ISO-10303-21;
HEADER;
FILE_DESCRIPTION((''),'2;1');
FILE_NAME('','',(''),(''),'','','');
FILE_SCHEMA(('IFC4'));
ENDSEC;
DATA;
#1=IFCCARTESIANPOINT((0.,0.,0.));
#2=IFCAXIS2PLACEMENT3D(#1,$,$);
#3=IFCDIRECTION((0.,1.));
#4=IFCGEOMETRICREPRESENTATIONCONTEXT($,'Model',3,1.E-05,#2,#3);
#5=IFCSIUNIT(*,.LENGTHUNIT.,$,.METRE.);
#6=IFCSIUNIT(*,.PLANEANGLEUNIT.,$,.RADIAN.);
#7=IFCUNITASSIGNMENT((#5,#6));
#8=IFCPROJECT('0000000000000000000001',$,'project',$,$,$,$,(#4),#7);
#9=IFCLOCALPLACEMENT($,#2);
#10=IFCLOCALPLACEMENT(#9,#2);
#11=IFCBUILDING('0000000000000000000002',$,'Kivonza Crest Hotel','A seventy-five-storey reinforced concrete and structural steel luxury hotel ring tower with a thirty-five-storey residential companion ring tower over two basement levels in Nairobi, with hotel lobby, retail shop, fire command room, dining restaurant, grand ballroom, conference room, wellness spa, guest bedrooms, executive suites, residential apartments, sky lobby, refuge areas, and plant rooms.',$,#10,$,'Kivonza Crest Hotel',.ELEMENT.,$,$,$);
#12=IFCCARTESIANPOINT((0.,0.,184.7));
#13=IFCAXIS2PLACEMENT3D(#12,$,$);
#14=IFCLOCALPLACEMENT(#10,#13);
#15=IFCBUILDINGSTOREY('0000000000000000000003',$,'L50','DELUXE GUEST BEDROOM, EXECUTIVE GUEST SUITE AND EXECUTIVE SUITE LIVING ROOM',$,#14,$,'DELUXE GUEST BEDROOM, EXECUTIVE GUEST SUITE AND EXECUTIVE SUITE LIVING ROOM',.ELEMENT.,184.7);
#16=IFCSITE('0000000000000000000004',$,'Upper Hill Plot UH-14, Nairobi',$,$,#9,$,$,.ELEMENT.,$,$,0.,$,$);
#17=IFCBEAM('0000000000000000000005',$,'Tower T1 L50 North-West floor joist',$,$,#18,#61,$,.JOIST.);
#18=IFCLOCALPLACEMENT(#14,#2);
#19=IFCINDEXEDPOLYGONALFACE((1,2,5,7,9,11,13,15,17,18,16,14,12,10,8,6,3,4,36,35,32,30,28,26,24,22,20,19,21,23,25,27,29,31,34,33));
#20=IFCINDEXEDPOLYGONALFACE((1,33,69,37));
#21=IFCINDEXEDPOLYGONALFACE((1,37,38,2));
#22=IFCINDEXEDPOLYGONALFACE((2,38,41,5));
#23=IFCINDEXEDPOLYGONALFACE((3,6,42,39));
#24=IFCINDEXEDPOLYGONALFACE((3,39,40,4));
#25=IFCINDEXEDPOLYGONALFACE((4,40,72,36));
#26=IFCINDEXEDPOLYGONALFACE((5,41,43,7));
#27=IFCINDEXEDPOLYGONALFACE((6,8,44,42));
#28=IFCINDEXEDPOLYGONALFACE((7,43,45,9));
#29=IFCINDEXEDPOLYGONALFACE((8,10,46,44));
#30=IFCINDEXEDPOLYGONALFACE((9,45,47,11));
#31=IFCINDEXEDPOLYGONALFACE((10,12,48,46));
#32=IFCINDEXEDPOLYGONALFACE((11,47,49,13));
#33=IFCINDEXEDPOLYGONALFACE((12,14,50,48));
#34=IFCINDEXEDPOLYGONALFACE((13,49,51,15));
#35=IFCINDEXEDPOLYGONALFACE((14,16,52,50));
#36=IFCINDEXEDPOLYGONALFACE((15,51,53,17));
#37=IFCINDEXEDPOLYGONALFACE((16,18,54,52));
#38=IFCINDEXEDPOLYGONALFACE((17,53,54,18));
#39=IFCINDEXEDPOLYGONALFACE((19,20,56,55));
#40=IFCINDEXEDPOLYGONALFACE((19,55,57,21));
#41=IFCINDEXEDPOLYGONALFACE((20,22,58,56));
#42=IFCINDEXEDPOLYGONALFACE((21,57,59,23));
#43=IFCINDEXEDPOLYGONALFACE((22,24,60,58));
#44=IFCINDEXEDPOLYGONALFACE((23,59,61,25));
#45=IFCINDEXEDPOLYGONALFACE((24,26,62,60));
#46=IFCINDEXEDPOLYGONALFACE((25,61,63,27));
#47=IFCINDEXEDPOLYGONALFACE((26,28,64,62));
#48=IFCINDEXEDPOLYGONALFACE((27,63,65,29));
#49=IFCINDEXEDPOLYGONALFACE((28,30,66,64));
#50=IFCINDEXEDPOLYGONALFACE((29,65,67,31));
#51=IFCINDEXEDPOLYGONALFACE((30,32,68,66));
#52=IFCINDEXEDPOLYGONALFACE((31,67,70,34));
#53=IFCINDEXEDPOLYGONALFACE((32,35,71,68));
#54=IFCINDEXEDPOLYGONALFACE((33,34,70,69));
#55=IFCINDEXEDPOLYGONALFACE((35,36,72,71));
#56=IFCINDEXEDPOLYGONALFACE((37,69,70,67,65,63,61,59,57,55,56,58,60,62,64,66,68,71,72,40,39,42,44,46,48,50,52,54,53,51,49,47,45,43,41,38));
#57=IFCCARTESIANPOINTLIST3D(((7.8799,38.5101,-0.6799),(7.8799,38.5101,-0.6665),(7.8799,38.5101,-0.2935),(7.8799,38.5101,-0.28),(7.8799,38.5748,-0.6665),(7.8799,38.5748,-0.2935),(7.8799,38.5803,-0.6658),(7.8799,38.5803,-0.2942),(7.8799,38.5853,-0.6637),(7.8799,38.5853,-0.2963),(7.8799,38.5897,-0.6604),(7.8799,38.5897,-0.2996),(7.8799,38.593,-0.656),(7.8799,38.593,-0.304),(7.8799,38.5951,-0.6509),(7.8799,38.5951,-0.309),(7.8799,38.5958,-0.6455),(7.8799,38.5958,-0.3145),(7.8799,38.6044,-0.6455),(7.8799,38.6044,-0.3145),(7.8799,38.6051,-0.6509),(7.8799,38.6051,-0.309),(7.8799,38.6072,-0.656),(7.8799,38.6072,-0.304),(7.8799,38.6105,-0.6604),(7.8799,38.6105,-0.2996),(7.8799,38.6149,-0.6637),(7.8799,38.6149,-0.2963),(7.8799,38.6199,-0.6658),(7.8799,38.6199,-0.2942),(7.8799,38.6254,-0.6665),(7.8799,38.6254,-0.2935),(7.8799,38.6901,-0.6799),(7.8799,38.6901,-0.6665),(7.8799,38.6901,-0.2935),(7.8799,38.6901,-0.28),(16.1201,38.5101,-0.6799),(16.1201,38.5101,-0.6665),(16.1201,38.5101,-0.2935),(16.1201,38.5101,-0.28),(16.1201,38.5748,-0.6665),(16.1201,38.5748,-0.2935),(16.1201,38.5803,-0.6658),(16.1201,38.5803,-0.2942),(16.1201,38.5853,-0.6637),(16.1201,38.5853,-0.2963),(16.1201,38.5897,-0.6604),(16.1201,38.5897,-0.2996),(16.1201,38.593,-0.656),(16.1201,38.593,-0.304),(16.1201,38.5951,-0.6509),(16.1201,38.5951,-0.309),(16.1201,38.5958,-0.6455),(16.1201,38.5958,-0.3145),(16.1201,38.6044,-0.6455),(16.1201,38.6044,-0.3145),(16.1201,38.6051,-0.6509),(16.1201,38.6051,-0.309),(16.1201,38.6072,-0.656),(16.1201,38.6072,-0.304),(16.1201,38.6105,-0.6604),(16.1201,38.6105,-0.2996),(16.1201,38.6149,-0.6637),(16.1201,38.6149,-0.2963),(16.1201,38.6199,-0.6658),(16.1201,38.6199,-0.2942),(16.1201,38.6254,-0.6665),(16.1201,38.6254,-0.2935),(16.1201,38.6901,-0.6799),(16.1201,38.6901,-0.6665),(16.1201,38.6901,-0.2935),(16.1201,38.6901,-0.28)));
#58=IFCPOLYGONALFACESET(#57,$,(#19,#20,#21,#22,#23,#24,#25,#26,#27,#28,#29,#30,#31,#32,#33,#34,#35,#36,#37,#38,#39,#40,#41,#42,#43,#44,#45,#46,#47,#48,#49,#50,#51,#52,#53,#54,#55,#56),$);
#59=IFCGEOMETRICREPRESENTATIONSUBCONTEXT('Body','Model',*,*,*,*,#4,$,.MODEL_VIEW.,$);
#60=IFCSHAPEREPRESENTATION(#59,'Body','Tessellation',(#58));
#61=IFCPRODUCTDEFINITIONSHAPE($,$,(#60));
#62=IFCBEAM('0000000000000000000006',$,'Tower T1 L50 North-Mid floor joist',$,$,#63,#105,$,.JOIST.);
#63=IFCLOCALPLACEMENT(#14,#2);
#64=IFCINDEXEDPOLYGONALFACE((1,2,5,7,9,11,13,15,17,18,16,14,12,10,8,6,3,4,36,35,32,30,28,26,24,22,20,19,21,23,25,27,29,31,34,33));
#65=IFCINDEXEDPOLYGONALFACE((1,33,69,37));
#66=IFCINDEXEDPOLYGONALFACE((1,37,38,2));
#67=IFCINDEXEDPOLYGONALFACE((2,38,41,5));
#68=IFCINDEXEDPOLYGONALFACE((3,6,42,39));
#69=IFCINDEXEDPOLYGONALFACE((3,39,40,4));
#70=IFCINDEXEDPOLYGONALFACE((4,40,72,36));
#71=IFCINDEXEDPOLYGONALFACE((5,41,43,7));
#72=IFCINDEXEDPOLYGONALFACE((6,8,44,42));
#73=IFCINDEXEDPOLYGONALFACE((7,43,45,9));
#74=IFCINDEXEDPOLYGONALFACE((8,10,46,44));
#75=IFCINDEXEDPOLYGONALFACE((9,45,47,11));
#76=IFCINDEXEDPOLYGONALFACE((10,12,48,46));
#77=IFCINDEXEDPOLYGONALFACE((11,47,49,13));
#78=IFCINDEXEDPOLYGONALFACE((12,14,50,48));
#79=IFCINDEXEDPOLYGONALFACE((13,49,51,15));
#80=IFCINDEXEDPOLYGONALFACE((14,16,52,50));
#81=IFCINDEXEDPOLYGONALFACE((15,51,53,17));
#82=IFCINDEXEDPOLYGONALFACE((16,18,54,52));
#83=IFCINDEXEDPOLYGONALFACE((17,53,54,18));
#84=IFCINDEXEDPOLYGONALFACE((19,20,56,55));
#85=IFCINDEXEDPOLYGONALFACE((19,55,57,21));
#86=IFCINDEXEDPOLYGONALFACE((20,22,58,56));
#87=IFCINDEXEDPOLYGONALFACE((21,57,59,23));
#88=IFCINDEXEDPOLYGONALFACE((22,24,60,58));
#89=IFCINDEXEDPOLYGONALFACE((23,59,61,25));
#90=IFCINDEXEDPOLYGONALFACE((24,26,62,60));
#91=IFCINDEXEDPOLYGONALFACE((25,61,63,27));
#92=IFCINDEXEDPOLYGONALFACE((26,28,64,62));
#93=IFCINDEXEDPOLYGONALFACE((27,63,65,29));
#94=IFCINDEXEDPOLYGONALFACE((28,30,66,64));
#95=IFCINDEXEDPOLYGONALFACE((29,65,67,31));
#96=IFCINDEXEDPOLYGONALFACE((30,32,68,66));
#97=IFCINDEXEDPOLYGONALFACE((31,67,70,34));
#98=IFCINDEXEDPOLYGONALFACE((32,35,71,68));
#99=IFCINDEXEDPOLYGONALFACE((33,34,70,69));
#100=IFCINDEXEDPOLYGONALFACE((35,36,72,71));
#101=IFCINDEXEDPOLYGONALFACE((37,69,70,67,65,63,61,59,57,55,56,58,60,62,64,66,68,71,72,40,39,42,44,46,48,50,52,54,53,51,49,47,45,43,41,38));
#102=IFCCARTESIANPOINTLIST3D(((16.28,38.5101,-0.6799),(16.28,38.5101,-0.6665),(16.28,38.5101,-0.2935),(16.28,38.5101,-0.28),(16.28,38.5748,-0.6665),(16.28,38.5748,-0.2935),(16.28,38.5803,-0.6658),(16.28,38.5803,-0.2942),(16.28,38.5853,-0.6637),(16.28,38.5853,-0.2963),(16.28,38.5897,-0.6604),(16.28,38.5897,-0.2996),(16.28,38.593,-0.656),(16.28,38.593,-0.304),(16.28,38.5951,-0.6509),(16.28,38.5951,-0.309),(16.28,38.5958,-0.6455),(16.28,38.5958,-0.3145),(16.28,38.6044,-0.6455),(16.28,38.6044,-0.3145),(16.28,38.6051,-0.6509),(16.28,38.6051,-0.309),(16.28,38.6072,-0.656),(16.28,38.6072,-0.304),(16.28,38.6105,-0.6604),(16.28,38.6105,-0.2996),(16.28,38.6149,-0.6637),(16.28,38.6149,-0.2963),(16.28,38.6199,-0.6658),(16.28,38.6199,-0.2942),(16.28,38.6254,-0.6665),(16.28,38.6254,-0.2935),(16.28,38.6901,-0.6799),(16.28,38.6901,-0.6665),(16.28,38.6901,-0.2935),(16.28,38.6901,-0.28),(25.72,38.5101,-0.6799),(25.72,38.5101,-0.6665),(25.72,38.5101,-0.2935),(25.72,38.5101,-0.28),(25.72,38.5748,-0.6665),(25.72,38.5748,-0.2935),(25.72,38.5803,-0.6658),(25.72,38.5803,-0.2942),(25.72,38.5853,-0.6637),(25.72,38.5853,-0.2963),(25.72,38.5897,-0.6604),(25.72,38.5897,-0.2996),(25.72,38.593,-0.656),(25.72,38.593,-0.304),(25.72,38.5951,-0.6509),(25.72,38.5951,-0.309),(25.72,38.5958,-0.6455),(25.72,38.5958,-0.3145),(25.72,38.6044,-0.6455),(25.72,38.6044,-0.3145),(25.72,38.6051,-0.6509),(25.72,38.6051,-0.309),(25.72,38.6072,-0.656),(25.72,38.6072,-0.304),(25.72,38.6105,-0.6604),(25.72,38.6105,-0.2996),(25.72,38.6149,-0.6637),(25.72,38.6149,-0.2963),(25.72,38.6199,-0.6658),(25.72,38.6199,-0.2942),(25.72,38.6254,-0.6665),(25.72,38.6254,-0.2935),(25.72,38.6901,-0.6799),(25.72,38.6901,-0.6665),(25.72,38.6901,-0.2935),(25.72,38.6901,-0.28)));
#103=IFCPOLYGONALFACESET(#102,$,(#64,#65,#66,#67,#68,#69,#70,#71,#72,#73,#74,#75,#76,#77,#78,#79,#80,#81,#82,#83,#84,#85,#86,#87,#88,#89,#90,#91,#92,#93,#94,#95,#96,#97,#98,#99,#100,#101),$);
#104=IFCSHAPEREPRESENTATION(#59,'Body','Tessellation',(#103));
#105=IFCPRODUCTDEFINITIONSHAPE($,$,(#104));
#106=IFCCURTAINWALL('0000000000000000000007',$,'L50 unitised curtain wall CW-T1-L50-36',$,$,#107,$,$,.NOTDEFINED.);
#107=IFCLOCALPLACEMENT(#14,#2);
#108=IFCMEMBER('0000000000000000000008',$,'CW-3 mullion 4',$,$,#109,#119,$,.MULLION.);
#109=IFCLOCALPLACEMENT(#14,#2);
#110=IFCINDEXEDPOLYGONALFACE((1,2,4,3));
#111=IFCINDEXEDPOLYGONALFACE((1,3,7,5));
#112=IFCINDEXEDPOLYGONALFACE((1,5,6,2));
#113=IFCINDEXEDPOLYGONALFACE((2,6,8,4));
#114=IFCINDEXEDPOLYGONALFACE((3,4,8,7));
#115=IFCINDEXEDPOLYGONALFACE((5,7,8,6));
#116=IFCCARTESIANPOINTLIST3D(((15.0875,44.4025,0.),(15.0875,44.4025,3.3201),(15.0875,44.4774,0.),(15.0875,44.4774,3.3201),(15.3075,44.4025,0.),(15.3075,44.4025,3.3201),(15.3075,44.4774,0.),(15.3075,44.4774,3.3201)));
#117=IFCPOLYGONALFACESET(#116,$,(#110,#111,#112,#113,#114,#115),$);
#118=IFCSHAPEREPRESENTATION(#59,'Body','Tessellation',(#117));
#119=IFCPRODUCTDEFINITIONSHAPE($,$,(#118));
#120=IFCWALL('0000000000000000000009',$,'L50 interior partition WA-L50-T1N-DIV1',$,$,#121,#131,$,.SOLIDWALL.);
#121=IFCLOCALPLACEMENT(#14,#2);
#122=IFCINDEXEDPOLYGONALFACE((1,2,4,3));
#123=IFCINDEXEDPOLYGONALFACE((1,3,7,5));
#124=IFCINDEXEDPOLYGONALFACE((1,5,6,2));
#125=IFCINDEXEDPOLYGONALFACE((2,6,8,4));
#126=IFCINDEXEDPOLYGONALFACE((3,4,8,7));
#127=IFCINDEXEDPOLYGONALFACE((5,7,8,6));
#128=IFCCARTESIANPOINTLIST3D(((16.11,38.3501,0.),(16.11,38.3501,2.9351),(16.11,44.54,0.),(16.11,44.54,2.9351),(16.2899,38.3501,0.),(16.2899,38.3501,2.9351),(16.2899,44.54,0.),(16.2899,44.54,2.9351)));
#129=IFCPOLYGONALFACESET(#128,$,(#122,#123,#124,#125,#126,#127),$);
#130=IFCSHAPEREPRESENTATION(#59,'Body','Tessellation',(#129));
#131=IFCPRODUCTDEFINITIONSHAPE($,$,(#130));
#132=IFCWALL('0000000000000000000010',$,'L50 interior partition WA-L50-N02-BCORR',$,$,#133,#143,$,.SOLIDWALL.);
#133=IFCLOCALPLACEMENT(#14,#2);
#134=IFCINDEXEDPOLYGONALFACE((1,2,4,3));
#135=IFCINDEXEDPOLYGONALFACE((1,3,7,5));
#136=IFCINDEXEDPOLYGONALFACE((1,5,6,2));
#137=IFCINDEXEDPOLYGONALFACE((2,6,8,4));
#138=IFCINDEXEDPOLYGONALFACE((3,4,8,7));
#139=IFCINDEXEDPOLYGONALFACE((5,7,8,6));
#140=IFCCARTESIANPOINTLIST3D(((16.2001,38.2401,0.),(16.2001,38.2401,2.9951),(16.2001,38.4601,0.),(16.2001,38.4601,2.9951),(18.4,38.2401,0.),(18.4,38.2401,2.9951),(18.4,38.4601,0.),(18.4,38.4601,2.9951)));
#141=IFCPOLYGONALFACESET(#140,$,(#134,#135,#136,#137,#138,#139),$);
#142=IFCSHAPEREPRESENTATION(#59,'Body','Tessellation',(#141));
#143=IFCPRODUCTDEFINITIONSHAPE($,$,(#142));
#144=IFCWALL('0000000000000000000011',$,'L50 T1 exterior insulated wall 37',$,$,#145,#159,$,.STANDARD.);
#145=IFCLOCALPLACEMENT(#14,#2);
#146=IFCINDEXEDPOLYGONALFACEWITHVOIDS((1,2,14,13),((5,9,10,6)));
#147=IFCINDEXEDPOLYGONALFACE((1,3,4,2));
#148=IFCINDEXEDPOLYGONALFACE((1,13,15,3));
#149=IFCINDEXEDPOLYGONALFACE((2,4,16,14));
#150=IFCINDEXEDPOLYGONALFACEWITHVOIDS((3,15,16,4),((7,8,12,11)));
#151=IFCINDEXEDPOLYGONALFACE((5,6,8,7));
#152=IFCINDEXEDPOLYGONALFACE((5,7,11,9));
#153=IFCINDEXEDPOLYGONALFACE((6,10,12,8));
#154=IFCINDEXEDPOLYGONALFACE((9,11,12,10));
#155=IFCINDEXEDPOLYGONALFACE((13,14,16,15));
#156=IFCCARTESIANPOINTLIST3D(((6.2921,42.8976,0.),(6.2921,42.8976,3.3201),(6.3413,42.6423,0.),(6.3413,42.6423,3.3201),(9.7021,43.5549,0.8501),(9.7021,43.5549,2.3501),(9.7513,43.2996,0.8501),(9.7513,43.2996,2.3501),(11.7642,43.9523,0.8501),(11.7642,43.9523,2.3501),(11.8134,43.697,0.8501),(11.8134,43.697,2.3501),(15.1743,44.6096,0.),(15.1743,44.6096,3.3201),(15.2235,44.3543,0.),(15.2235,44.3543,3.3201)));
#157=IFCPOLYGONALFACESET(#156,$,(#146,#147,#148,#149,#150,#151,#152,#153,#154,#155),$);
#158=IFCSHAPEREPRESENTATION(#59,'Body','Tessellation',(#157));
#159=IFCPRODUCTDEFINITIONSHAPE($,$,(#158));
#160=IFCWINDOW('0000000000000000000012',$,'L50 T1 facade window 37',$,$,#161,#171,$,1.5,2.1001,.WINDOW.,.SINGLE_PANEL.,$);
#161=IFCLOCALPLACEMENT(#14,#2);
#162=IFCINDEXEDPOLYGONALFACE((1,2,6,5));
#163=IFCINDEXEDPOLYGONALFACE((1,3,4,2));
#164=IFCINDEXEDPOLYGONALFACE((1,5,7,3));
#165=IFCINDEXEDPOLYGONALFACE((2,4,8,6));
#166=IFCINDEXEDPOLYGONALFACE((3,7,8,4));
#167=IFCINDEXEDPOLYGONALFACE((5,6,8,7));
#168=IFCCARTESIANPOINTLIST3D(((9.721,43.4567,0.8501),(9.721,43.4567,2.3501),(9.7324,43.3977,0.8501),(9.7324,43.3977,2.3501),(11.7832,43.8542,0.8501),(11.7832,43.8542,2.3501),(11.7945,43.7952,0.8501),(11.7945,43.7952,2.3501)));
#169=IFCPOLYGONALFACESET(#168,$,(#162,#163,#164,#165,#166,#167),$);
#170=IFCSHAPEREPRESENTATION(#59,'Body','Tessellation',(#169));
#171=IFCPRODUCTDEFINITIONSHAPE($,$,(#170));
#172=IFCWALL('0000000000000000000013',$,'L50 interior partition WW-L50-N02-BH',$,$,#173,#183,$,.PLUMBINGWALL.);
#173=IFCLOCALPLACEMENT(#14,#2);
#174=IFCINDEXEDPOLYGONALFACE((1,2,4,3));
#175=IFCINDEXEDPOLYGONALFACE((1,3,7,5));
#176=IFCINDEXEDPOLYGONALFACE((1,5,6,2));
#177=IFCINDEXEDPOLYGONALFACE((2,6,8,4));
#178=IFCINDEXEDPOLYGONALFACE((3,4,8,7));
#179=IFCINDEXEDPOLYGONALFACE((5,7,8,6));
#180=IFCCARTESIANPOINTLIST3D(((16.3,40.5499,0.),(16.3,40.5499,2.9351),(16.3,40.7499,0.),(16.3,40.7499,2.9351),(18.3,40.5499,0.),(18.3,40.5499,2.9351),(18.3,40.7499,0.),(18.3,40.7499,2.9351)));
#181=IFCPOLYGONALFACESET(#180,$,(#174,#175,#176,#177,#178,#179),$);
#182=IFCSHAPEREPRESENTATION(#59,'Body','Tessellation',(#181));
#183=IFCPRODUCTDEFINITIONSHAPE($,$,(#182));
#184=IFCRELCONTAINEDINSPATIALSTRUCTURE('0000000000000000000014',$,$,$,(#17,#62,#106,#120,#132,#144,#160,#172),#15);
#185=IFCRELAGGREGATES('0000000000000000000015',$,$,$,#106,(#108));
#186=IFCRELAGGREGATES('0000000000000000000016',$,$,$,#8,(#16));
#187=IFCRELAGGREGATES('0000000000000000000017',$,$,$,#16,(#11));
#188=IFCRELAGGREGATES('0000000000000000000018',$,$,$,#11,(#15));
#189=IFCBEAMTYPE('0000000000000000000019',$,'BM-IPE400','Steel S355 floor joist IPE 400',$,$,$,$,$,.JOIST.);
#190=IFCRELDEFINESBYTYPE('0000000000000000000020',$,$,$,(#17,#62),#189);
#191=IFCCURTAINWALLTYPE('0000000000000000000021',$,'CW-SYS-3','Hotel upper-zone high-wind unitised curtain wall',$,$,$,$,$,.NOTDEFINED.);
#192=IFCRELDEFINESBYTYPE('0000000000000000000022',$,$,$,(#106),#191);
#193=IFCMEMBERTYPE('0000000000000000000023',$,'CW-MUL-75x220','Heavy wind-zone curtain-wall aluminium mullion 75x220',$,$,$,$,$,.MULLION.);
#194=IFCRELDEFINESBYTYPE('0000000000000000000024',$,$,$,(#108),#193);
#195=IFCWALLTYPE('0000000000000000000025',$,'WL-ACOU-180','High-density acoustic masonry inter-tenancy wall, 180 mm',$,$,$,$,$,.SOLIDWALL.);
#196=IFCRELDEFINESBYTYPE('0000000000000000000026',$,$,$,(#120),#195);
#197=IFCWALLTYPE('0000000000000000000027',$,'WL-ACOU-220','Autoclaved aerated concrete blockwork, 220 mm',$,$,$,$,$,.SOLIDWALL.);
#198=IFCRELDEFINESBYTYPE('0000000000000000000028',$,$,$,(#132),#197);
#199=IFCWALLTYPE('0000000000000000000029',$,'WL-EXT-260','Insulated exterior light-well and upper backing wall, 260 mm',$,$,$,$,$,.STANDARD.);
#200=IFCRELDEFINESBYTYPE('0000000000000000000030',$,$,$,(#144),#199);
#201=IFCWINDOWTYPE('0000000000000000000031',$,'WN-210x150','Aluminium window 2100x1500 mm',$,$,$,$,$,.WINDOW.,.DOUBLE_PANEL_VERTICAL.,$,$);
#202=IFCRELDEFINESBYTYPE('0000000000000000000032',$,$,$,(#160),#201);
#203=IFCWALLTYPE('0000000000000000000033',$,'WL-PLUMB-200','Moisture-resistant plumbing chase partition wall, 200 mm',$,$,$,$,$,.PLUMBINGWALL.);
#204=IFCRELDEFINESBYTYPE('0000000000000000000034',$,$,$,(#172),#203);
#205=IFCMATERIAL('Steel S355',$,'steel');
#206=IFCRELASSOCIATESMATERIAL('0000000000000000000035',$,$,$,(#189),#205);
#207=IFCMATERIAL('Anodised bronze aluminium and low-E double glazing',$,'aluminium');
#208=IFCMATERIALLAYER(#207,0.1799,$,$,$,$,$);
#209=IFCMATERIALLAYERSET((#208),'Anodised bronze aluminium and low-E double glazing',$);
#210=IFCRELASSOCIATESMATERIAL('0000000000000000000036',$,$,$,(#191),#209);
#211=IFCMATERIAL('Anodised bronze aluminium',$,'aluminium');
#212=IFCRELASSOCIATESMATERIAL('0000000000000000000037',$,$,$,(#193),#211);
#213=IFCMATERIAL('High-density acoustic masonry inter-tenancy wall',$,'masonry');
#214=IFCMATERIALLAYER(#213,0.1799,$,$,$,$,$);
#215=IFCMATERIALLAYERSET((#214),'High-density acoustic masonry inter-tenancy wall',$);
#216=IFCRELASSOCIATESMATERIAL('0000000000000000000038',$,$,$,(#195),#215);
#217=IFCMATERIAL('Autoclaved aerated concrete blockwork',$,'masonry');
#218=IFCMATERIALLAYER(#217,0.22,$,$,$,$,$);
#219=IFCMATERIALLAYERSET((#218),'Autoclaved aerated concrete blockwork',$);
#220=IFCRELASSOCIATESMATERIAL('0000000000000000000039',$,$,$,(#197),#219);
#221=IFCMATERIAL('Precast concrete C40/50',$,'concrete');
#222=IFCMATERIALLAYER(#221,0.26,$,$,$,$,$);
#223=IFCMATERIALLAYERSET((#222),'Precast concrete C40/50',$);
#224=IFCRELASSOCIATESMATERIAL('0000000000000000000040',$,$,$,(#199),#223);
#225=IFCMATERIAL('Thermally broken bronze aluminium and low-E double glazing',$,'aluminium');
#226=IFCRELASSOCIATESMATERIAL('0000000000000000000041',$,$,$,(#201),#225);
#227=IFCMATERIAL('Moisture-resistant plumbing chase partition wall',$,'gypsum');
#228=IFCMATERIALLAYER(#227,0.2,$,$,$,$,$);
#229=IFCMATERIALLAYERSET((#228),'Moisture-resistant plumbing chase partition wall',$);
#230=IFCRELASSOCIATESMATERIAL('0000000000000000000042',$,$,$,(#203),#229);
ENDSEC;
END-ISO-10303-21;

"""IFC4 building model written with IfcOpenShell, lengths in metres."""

from ifc_helpers import new_model, si_unit, direction, frame, frame_2d, origin, origin_2d, place, context, subcontext, project, spatial, rectangle, i_section, extrude, material, layer, layer_set, material_profile, profile_set, type_object, element, fill, aggregate, save


model = new_model("IFC4")

# Units and contexts
model_context = context("Model", 3, precision=1e-05, world=origin(), true_north=direction((0.0, 1.0)))
body_context = subcontext(model_context, "Body", "Model", "MODEL_VIEW")
ifc_project = project(units=[si_unit("LENGTHUNIT", "METRE"), si_unit("PLANEANGLEUNIT", "RADIAN")], contexts=[model_context])

# Site, building, storey
site_placement = place(None, origin())
site = spatial("IfcSite", under=ifc_project, at=site_placement, Name="Upper Hill Plot UH-14, Nairobi", CompositionType="ELEMENT", RefElevation=0.0)
building_placement = place(site_placement, origin())
building = spatial("IfcBuilding", under=site, at=building_placement, Name="Kivonza Crest Hotel", Description="A seventy-five-storey reinforced concrete and structural steel luxury hotel ring tower with a thirty-five-storey residential companion ring tower over two basement levels in Nairobi, with hotel lobby, retail shop, fire command room, dining restaurant, grand ballroom, conference room, wellness spa, guest bedrooms, executive suites, residential apartments, sky lobby, refuge areas, and plant rooms.", LongName="Kivonza Crest Hotel", CompositionType="ELEMENT")
storey_placement = place(building_placement, frame((0.0, 0.0, 184.7)))
storey = spatial("IfcBuildingStorey", under=building, at=storey_placement, Name="L50", Description="DELUXE GUEST BEDROOM, EXECUTIVE GUEST SUITE AND EXECUTIVE SUITE LIVING ROOM", LongName="DELUXE GUEST BEDROOM, EXECUTIVE GUEST SUITE AND EXECUTIVE SUITE LIVING ROOM", CompositionType="ELEMENT", Elevation=184.7)

# Beams
ifc_material_1 = material(Name="Steel S355", Category="steel")
ifc_material_profile_1 = material_profile(ifc_material_1, i_section(OverallWidth=0.1799, OverallDepth=0.3999, WebThickness=0.0085, FlangeThickness=0.0134, FilletRadius=0.021, at=origin_2d()), Name="IPE 400")
ifc_profile_set_1 = profile_set([ifc_material_profile_1], Name="Steel S355")
beam_type_1 = type_object("IfcBeamType", Name="BM-IPE400", Description="Steel S355 floor joist IPE 400", PredefinedType="JOIST", material=ifc_profile_set_1)
beam_1_placement = place(storey_placement, frame((7.8799, 38.6001, -0.48), z_axis=(1.0, 0.0, 0.0), x_axis=(0.0, 1.0, 0.0)))
element("IfcBeam", 1, at=beam_1_placement, inside=storey, type_object=beam_type_1, Name="Tower T1 L50 North-West floor joist", PredefinedType="JOIST", context=body_context, shape_type="SweptSolid", body=[
    extrude(i_section(OverallWidth=0.1799, OverallDepth=0.3999, WebThickness=0.0085, FlangeThickness=0.0134, FilletRadius=0.021, at=origin_2d()), origin(), (0.0, 0.0, 1.0), 8.2402),
])
beam_2_placement = place(storey_placement, frame((16.28, 38.6001, -0.48), z_axis=(1.0, 0.0, 0.0), x_axis=(0.0, 1.0, 0.0)))
element("IfcBeam", 2, at=beam_2_placement, inside=storey, type_object=beam_type_1, Name="Tower T1 L50 North-Mid floor joist", PredefinedType="JOIST", context=body_context, shape_type="SweptSolid", body=[
    extrude(i_section(OverallWidth=0.1799, OverallDepth=0.3999, WebThickness=0.0085, FlangeThickness=0.0134, FilletRadius=0.021, at=origin_2d()), origin(), (0.0, 0.0, 1.0), 9.4399),
])

# Curtain wall, member
ifc_material_2 = material(Name="Anodised bronze aluminium and low-E double glazing", Category="aluminium")
ifc_layer_1 = layer(ifc_material_2, 0.1799)
ifc_layer_set_1 = layer_set([ifc_layer_1], Name="Anodised bronze aluminium and low-E double glazing")
curtain_wall_type = type_object("IfcCurtainWallType", Name="CW-SYS-3", Description="Hotel upper-zone high-wind unitised curtain wall", PredefinedType="NOTDEFINED", material=ifc_layer_set_1)
curtain_wall_placement = place(storey_placement, origin())
curtain_wall = element("IfcCurtainWall", 3, at=curtain_wall_placement, inside=storey, type_object=curtain_wall_type, Name="L50 unitised curtain wall CW-T1-L50-36", PredefinedType="NOTDEFINED")
ifc_material_3 = material(Name="Anodised bronze aluminium", Category="aluminium")
ifc_material_profile_2 = material_profile(ifc_material_3, rectangle(XDim=0.075, YDim=0.22, at=origin_2d()), Name="CW-M 75x220")
ifc_profile_set_2 = profile_set([ifc_material_profile_2], Name="Anodised bronze aluminium")
member_type = type_object("IfcMemberType", Name="CW-MUL-75x220", Description="Heavy wind-zone curtain-wall aluminium mullion 75x220", PredefinedType="MULLION", material=ifc_profile_set_2)
member_placement = place(storey_placement, frame((15.1975, 44.4399, 0.0), z_axis=(0.0, 0.0, 1.0), x_axis=(0.0, -1.0, 0.0)))
member = element("IfcMember", 4, at=member_placement, type_object=member_type, Name="CW-3 mullion 4", PredefinedType="MULLION", context=body_context, shape_type="SweptSolid", body=[
    extrude(rectangle(XDim=0.075, YDim=0.22, at=origin_2d()), origin(), (0.0, 0.0, 1.0), 3.3201),
])
aggregate(curtain_wall, [member])

# Walls
ifc_material_4 = material(Name="High-density acoustic masonry inter-tenancy wall", Category="masonry")
ifc_layer_2 = layer(ifc_material_4, 0.1799)
ifc_layer_set_2 = layer_set([ifc_layer_2], Name="High-density acoustic masonry inter-tenancy wall")
wall_type_1 = type_object("IfcWallType", Name="WL-ACOU-180", Description="High-density acoustic masonry inter-tenancy wall, 180 mm", PredefinedType="SOLIDWALL", material=ifc_layer_set_2)
wall_1_placement = place(storey_placement, frame((16.2, 38.3501, 0.0), z_axis=(0.0, 0.0, 1.0), x_axis=(0.0, 1.0, 0.0)))
element("IfcWall", 5, at=wall_1_placement, inside=storey, type_object=wall_type_1, Name="L50 interior partition WA-L50-T1N-DIV1", PredefinedType="SOLIDWALL", context=body_context, shape_type="SweptSolid", body=[
    extrude(rectangle(XDim=6.1899, YDim=0.1799, at=frame_2d((3.095, 0.0))), origin(), (0.0, 0.0, 1.0), 2.9351),
])
ifc_material_5 = material(Name="Autoclaved aerated concrete blockwork", Category="masonry")
ifc_layer_3 = layer(ifc_material_5, 0.22)
ifc_layer_set_3 = layer_set([ifc_layer_3], Name="Autoclaved aerated concrete blockwork")
wall_type_2 = type_object("IfcWallType", Name="WL-ACOU-220", Description="Autoclaved aerated concrete blockwork, 220 mm", PredefinedType="SOLIDWALL", material=ifc_layer_set_3)
wall_2_placement = place(storey_placement, frame((16.2, 38.3501, 0.0), z_axis=(0.0, 0.0, 1.0), x_axis=(1.0, 0.0, 0.0)))
element("IfcWall", 6, at=wall_2_placement, inside=storey, type_object=wall_type_2, Name="L50 interior partition WA-L50-N02-BCORR", PredefinedType="SOLIDWALL", context=body_context, shape_type="SweptSolid", body=[
    extrude(rectangle(XDim=2.2, YDim=0.22, at=frame_2d((1.1001, 0.0))), origin(), (0.0, 0.0, 1.0), 2.9951),
])

# Wall, opening, window
ifc_material_6 = material(Name="Precast concrete C40/50", Category="concrete")
ifc_layer_4 = layer(ifc_material_6, 0.26)
ifc_layer_set_4 = layer_set([ifc_layer_4], Name="Precast concrete C40/50")
wall_type_3 = type_object("IfcWallType", Name="WL-EXT-260", Description="Insulated exterior light-well and upper backing wall, 260 mm", PredefinedType="STANDARD", material=ifc_layer_set_4)
wall_3_placement = place(storey_placement, frame((15.199, 44.4819, 0.0), z_axis=(0.0, 0.0, 1.0), x_axis=(-0.981928, -0.189255, 0.0)))
wall_3 = element("IfcWall", 7, at=wall_3_placement, inside=storey, type_object=wall_type_3, Name="L50 T1 exterior insulated wall 37", PredefinedType="STANDARD", context=body_context, shape_type="SweptSolid", body=[
    extrude(rectangle(XDim=9.0457, YDim=0.26, at=frame_2d((4.5229, 0.0))), origin(), (0.0, 0.0, 1.0), 3.3201),
])
opening_placement = place(wall_3_placement, frame((3.4729, 0.0, 0.8501)))
opening = element("IfcOpeningElement", 8, at=opening_placement, cuts=wall_3, PredefinedType="OPENING", context=body_context, shape_type="SweptSolid", body=[
    extrude(rectangle(XDim=2.1001, YDim=1.5, at=frame_2d((1.05, 0.75))), frame((0.0, 0.1401, 0.0), z_axis=(0.0, -1.0, 0.0), x_axis=(1.0, 0.0, 0.0)), (0.0, 0.0, 1.0), 0.28),
])
ifc_material_7 = material(Name="Thermally broken bronze aluminium and low-E double glazing", Category="aluminium")
window_type = type_object("IfcWindowType", Name="WN-210x150", Description="Aluminium window 2100x1500 mm", PartitioningType="DOUBLE_PANEL_VERTICAL", PredefinedType="WINDOW", material=ifc_material_7)
window_placement = place(opening_placement, origin())
window = element("IfcWindow", 9, at=window_placement, inside=storey, type_object=window_type, Name="L50 T1 facade window 37", OverallHeight=1.5, OverallWidth=2.1001, PartitioningType="SINGLE_PANEL", PredefinedType="WINDOW", context=body_context, shape_type="SweptSolid", body=[
    extrude(rectangle(XDim=2.1001, YDim=1.5, at=frame_2d((1.05, 0.75))), frame((0.0, 0.03, 0.0), z_axis=(0.0, -1.0, 0.0), x_axis=(1.0, 0.0, 0.0)), (0.0, 0.0, 1.0), 0.0601),
])
fill(opening, window)

# Wall
ifc_material_8 = material(Name="Moisture-resistant plumbing chase partition wall", Category="gypsum")
ifc_layer_5 = layer(ifc_material_8, 0.2)
ifc_layer_set_5 = layer_set([ifc_layer_5], Name="Moisture-resistant plumbing chase partition wall")
wall_type_4 = type_object("IfcWallType", Name="WL-PLUMB-200", Description="Moisture-resistant plumbing chase partition wall, 200 mm", PredefinedType="PLUMBINGWALL", material=ifc_layer_set_5)
wall_4_placement = place(storey_placement, frame((16.3, 40.6499, 0.0), z_axis=(0.0, 0.0, 1.0), x_axis=(1.0, 0.0, 0.0)))
element("IfcWall", 10, at=wall_4_placement, inside=storey, type_object=wall_type_4, Name="L50 interior partition WW-L50-N02-BH", PredefinedType="PLUMBINGWALL", context=body_context, shape_type="SweptSolid", body=[
    extrude(rectangle(XDim=2.0, YDim=0.2, at=frame_2d((1.0, 0.0))), origin(), (0.0, 0.0, 1.0), 2.9351),
])

save(model, "model.ifc")
